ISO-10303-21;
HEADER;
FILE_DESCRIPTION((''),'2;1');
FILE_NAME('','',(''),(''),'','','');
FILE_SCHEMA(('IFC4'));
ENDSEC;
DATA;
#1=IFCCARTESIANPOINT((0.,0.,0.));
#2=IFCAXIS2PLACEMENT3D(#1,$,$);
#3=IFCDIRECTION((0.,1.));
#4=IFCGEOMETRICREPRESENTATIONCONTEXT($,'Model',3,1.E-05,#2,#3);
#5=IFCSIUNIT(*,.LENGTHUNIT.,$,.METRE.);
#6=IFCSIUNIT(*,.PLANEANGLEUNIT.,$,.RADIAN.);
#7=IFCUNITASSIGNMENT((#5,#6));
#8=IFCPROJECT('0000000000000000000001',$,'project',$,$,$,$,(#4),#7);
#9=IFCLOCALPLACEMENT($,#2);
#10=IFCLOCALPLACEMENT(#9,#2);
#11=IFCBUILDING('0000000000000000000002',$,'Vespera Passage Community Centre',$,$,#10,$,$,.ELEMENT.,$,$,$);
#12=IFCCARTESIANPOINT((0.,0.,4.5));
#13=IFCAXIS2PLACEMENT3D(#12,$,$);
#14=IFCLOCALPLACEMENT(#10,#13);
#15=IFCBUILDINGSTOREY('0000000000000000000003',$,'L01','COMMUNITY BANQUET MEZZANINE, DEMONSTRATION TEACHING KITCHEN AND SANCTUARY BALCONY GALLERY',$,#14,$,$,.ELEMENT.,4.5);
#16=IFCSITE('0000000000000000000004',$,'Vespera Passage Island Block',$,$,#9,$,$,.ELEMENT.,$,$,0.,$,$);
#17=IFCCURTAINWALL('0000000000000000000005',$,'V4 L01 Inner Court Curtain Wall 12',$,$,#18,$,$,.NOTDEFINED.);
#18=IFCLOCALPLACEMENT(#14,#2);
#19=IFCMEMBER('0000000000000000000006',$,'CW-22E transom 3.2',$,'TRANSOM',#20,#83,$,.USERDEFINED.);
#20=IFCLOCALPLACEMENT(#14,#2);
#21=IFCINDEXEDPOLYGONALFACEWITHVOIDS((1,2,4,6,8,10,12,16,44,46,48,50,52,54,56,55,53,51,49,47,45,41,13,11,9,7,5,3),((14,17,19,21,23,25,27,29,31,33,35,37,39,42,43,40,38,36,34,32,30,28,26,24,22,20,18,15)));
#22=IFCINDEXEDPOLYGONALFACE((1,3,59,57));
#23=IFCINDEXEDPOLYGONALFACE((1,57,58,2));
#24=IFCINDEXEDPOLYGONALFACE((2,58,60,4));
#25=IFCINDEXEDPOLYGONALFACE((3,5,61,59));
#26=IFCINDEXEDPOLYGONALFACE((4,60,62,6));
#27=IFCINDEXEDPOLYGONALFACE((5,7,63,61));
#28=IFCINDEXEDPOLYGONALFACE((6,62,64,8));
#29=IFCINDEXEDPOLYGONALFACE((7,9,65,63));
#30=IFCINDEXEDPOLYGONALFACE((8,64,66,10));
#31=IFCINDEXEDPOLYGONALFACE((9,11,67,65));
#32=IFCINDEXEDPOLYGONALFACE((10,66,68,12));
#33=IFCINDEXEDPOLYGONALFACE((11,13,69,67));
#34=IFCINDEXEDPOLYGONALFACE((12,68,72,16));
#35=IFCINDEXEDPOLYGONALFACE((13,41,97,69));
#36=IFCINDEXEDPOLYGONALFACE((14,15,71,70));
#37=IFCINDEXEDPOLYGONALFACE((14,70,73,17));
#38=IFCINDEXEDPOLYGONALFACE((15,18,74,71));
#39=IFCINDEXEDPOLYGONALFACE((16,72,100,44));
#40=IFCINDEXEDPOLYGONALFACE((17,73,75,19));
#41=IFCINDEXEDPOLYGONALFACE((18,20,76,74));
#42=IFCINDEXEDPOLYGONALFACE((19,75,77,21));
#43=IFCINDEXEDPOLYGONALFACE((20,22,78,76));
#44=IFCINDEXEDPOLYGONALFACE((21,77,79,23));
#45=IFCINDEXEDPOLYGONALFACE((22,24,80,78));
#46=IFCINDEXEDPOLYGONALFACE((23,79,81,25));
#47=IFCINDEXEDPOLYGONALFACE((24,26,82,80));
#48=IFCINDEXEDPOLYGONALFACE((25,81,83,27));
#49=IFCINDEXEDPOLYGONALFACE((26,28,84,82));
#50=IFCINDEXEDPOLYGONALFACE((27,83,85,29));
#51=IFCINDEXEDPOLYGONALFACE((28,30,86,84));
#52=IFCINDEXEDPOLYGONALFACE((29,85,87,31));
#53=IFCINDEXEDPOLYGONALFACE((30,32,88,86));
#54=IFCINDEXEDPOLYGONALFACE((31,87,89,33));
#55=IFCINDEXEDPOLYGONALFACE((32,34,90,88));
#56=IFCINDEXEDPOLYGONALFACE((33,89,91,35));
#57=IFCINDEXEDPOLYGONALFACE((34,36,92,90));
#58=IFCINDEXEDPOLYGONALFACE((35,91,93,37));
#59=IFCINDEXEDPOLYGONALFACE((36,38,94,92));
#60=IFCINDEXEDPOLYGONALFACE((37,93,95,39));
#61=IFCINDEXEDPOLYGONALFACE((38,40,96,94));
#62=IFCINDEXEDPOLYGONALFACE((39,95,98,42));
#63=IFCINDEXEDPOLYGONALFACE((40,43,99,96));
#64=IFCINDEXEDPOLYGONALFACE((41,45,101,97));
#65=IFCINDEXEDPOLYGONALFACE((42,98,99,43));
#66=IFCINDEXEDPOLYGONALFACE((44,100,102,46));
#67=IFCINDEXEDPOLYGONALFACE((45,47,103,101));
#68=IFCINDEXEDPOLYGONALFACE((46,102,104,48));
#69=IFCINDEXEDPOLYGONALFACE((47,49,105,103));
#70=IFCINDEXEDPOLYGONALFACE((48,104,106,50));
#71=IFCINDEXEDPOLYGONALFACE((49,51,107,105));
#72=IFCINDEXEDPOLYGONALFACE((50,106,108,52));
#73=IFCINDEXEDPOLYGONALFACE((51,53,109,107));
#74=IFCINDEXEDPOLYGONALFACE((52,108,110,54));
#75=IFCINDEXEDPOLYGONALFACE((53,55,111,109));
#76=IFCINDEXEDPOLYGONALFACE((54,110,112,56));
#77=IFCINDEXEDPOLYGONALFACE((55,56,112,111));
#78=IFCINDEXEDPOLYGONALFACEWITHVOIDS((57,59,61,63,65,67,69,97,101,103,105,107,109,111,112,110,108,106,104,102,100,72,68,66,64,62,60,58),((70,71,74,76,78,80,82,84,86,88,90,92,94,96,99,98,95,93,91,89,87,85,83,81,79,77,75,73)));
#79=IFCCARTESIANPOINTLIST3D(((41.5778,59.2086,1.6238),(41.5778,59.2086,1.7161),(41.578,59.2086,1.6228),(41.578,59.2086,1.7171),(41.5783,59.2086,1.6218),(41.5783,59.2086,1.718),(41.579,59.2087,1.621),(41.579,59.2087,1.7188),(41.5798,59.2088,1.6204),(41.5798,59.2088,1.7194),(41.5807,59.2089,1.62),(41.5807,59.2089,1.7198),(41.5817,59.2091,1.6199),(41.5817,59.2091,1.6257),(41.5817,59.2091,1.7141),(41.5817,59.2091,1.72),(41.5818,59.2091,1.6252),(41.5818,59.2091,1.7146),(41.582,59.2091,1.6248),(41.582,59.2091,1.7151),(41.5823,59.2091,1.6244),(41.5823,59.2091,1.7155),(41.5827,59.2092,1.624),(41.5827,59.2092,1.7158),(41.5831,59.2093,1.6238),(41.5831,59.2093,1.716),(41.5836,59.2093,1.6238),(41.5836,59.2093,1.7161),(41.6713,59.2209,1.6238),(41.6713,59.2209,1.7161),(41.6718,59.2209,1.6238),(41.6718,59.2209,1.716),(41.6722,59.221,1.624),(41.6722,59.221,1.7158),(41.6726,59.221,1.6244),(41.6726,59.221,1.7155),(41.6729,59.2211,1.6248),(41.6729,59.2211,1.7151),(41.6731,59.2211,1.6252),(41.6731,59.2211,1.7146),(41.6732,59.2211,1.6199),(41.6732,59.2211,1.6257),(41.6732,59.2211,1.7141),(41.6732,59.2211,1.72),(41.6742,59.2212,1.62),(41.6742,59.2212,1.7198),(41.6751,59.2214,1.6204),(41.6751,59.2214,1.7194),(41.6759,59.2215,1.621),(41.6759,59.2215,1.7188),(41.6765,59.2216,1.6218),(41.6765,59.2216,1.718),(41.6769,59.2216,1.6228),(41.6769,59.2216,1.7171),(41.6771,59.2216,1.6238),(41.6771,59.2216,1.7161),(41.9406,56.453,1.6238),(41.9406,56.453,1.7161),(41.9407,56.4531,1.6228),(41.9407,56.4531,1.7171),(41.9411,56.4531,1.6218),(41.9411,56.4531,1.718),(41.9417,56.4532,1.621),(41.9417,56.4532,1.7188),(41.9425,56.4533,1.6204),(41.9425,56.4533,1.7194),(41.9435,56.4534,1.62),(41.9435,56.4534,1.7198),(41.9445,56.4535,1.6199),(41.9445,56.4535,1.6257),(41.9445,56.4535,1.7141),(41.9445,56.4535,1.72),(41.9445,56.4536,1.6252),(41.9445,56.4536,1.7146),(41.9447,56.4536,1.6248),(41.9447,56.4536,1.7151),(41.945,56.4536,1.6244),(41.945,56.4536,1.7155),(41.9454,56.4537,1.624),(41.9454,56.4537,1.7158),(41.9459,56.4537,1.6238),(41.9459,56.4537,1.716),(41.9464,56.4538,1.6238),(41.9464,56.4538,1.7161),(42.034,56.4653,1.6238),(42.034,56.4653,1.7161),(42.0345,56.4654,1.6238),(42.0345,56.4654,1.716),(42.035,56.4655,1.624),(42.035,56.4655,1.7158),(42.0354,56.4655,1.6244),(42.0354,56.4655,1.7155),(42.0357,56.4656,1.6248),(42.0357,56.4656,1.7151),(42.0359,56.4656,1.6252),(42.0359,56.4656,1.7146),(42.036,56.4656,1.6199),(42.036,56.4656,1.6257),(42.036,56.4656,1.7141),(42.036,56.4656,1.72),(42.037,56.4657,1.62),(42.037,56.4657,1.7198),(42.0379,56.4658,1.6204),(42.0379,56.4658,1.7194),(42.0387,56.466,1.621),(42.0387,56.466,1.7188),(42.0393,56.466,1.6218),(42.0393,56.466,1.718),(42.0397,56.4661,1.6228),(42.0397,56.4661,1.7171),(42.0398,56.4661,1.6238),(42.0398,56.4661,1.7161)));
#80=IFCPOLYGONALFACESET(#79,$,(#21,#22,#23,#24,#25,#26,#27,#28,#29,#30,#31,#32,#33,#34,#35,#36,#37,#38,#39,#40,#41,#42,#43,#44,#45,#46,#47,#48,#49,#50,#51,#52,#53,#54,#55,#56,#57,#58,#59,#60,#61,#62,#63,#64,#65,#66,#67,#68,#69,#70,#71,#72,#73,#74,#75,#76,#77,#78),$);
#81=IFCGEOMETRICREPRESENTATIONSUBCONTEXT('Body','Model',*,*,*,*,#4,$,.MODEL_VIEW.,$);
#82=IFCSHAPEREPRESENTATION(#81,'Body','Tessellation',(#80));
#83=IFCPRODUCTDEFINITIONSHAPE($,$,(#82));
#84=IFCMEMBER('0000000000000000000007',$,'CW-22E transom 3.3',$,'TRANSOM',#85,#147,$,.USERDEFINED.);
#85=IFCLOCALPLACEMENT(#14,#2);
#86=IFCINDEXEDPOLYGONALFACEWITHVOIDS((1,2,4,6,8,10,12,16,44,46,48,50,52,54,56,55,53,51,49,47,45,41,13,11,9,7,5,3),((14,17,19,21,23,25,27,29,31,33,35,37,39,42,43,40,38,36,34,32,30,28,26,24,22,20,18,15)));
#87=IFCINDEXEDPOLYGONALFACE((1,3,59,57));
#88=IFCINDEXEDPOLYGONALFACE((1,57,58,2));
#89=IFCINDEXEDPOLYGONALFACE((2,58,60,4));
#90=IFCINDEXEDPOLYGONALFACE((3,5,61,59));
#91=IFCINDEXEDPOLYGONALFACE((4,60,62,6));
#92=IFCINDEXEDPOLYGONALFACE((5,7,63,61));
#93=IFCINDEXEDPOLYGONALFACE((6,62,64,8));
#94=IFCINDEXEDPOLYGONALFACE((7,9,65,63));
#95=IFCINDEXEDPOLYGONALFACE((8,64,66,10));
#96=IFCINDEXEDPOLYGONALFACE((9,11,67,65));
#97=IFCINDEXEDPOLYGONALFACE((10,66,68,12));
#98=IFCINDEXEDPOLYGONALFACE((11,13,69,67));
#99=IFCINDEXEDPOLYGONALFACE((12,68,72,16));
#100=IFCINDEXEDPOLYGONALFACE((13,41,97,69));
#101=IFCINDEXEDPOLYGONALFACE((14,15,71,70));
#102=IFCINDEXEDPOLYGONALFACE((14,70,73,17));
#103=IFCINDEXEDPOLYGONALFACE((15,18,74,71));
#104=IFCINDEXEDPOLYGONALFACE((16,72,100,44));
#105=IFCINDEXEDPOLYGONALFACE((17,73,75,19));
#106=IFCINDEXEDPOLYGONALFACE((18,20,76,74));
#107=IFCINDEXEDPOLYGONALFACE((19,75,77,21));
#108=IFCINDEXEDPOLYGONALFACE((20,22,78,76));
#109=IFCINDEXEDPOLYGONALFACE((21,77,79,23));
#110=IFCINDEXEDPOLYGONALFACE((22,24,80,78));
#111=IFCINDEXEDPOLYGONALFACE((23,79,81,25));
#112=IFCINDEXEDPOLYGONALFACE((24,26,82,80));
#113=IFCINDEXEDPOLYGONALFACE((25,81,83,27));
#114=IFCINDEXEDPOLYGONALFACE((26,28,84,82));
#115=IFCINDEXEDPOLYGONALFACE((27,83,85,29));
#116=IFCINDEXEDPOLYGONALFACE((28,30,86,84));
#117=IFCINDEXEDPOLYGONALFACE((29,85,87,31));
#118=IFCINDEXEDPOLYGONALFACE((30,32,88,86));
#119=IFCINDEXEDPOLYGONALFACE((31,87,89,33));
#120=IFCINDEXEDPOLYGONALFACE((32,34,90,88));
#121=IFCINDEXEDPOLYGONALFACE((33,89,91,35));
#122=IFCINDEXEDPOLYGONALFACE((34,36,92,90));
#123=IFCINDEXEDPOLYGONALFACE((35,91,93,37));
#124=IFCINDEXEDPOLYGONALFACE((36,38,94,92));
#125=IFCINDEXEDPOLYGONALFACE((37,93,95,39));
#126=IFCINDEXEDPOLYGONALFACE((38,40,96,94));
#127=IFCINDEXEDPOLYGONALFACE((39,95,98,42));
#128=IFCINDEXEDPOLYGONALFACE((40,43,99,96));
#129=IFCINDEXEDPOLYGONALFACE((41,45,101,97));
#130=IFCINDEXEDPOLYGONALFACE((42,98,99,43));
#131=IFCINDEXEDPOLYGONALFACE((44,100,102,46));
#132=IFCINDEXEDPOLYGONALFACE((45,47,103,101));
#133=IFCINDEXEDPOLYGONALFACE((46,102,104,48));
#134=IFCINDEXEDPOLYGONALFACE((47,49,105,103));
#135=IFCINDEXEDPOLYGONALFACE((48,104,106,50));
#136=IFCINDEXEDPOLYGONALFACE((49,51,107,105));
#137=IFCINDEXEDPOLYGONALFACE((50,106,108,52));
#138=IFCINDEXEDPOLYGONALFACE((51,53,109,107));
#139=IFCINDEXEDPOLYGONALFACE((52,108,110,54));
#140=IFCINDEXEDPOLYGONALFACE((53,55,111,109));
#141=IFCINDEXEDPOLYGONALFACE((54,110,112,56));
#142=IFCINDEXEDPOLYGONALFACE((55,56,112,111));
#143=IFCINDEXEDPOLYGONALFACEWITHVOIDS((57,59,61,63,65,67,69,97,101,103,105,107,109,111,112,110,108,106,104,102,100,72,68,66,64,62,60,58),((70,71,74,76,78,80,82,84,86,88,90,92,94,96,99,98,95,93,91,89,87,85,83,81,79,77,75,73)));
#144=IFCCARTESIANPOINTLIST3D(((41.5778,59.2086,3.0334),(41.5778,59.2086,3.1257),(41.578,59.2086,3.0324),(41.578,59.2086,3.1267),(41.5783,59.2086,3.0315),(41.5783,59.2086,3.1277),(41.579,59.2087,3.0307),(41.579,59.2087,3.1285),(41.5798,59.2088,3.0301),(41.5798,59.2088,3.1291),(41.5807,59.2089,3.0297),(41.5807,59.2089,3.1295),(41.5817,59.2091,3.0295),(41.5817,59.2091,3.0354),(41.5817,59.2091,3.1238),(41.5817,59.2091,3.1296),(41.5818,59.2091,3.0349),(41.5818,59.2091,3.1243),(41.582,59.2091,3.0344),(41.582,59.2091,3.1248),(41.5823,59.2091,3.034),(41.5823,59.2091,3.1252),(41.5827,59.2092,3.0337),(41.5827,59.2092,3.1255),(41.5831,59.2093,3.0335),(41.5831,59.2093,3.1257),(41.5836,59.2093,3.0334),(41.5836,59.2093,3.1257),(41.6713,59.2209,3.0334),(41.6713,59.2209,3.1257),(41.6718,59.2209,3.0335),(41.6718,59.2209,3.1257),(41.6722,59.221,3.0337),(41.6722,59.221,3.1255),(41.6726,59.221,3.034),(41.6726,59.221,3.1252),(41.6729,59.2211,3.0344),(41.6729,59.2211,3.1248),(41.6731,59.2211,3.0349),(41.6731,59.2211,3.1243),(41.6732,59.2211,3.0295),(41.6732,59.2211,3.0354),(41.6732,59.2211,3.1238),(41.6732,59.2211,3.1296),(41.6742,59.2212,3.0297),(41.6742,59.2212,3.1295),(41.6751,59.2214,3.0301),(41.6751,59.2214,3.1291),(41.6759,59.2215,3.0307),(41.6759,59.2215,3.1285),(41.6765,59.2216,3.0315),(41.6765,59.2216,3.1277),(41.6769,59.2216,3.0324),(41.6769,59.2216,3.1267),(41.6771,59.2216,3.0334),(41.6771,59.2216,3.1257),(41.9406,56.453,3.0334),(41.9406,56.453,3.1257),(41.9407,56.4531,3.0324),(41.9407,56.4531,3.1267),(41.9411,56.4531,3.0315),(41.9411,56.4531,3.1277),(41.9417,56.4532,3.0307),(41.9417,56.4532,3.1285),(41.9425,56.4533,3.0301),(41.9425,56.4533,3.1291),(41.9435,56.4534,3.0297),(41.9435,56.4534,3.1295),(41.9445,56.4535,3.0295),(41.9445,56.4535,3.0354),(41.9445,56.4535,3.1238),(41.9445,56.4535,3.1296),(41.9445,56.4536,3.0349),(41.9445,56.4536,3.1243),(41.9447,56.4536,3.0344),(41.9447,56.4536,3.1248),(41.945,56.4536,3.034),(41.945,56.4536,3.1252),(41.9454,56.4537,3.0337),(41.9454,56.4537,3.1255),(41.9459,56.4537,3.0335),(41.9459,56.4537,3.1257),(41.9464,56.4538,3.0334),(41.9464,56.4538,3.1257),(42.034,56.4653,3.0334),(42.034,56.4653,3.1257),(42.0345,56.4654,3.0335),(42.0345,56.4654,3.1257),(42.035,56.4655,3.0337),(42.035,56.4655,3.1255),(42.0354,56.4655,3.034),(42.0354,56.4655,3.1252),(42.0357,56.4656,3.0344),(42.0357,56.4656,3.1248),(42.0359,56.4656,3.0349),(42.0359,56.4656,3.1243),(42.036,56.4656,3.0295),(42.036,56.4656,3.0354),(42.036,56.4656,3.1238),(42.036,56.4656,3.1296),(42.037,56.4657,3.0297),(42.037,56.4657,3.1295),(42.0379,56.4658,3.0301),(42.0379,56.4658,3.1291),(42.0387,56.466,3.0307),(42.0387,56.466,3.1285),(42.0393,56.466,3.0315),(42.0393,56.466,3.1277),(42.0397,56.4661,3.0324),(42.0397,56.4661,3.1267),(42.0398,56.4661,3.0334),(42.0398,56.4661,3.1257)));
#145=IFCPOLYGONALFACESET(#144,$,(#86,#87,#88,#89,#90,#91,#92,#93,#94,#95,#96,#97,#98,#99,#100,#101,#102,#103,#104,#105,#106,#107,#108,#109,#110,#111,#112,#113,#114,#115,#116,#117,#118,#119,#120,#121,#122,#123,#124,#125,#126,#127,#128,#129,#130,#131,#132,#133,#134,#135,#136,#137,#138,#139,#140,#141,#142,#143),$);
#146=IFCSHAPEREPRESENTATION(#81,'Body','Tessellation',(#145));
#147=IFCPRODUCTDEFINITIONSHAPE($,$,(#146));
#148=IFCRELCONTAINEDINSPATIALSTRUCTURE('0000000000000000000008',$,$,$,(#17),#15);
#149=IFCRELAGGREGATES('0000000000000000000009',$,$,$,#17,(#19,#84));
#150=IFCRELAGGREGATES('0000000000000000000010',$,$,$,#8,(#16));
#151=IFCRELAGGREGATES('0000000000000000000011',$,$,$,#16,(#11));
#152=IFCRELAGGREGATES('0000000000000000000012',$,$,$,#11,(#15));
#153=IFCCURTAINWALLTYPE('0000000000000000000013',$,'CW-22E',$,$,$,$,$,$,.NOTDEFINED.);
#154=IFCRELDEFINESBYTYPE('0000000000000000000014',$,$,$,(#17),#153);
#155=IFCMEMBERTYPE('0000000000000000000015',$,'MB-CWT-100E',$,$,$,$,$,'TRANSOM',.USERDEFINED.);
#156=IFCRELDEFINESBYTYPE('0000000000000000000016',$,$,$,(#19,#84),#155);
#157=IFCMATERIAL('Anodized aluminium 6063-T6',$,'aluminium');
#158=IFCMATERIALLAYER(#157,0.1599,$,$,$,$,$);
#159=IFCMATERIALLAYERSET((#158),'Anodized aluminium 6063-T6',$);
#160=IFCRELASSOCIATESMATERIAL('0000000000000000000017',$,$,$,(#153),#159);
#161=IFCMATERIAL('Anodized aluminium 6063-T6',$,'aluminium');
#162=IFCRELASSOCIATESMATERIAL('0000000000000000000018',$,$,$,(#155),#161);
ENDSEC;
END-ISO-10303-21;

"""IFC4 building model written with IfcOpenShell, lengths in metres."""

from ifc_helpers import new_model, si_unit, direction, frame, origin, origin_2d, place, context, subcontext, project, spatial, hollow_rectangle, extrude, material, layer, layer_set, material_profile, profile_set, type_object, element, aggregate, save


model = new_model("IFC4")

# Units and contexts
model_context = context("Model", 3, precision=1e-05, world=origin(), true_north=direction((0.0, 1.0)))
body_context = subcontext(model_context, "Body", "Model", "MODEL_VIEW")
ifc_project = project(units=[si_unit("LENGTHUNIT", "METRE"), si_unit("PLANEANGLEUNIT", "RADIAN")], contexts=[model_context])

# Site, building, storey
site_placement = place(None, origin())
site = spatial("IfcSite", under=ifc_project, at=site_placement, Name="Vespera Passage Island Block", CompositionType="ELEMENT", RefElevation=0.0)
building_placement = place(site_placement, origin())
building = spatial("IfcBuilding", under=site, at=building_placement, Name="Vespera Passage Community Centre", CompositionType="ELEMENT")
storey_placement = place(building_placement, frame((0.0, 0.0, 4.5)))
storey = spatial("IfcBuildingStorey", under=building, at=storey_placement, Name="L01", Description="COMMUNITY BANQUET MEZZANINE, DEMONSTRATION TEACHING KITCHEN AND SANCTUARY BALCONY GALLERY", CompositionType="ELEMENT", Elevation=4.5)

# Curtain wall
ifc_material_1 = material(Name="Anodized aluminium 6063-T6", Category="aluminium")
ifc_layer_1 = layer(ifc_material_1, 0.1599)
ifc_layer_set_1 = layer_set([ifc_layer_1], Name="Anodized aluminium 6063-T6")
curtain_wall_type_1 = type_object("IfcCurtainWallType", Name="CW-22E", PredefinedType="NOTDEFINED", material=ifc_layer_set_1)
curtain_wall_1_placement = place(storey_placement, origin())
curtain_wall_1 = element("IfcCurtainWall", 1, at=curtain_wall_1_placement, inside=storey, type_object=curtain_wall_type_1, Name="V4 L01 Inner Court Curtain Wall 12", PredefinedType="NOTDEFINED")

# Members
ifc_material_2 = material(Name="Anodized aluminium 6063-T6", Category="aluminium")
ifc_material_profile_1 = material_profile(ifc_material_2, hollow_rectangle(XDim=0.1001, YDim=0.1001, WallThickness=0.0039, InnerFilletRadius=0.002, OuterFilletRadius=0.0039, at=origin_2d()), Name="ALU100X100X4")
ifc_profile_set_1 = profile_set([ifc_material_profile_1], Name="Anodized aluminium 6063-T6")
member_type_1 = type_object("IfcMemberType", Name="MB-CWT-100E", ElementType="TRANSOM", PredefinedType="USERDEFINED", material=ifc_profile_set_1)
member_1_placement = place(storey_placement, frame((41.6274, 59.2151, 1.6699), z_axis=(0.130529, -0.991444, 0.0), x_axis=(0.991444, 0.130529, 0.0)))
member_1 = element("IfcMember", 2, at=member_1_placement, type_object=member_type_1, Name="CW-22E transom 3.2", ObjectType="TRANSOM", PredefinedType="USERDEFINED", context=body_context, shape_type="SweptSolid", body=[
    extrude(hollow_rectangle(XDim=0.1001, YDim=0.1001, WallThickness=0.0039, InnerFilletRadius=0.002, OuterFilletRadius=0.0039, at=origin_2d()), origin(), (0.0, 0.0, 1.0), 2.7793),
])
member_2_placement = place(storey_placement, frame((41.6274, 59.2151, 3.0796), z_axis=(0.130529, -0.991444, 0.0), x_axis=(0.991444, 0.130529, 0.0)))
member_2 = element("IfcMember", 3, at=member_2_placement, type_object=member_type_1, Name="CW-22E transom 3.3", ObjectType="TRANSOM", PredefinedType="USERDEFINED", context=body_context, shape_type="SweptSolid", body=[
    extrude(hollow_rectangle(XDim=0.1001, YDim=0.1001, WallThickness=0.0039, InnerFilletRadius=0.002, OuterFilletRadius=0.0039, at=origin_2d()), origin(), (0.0, 0.0, 1.0), 2.7793),
])

aggregate(curtain_wall_1, [member_1, member_2])

save(model, "model.ifc")
